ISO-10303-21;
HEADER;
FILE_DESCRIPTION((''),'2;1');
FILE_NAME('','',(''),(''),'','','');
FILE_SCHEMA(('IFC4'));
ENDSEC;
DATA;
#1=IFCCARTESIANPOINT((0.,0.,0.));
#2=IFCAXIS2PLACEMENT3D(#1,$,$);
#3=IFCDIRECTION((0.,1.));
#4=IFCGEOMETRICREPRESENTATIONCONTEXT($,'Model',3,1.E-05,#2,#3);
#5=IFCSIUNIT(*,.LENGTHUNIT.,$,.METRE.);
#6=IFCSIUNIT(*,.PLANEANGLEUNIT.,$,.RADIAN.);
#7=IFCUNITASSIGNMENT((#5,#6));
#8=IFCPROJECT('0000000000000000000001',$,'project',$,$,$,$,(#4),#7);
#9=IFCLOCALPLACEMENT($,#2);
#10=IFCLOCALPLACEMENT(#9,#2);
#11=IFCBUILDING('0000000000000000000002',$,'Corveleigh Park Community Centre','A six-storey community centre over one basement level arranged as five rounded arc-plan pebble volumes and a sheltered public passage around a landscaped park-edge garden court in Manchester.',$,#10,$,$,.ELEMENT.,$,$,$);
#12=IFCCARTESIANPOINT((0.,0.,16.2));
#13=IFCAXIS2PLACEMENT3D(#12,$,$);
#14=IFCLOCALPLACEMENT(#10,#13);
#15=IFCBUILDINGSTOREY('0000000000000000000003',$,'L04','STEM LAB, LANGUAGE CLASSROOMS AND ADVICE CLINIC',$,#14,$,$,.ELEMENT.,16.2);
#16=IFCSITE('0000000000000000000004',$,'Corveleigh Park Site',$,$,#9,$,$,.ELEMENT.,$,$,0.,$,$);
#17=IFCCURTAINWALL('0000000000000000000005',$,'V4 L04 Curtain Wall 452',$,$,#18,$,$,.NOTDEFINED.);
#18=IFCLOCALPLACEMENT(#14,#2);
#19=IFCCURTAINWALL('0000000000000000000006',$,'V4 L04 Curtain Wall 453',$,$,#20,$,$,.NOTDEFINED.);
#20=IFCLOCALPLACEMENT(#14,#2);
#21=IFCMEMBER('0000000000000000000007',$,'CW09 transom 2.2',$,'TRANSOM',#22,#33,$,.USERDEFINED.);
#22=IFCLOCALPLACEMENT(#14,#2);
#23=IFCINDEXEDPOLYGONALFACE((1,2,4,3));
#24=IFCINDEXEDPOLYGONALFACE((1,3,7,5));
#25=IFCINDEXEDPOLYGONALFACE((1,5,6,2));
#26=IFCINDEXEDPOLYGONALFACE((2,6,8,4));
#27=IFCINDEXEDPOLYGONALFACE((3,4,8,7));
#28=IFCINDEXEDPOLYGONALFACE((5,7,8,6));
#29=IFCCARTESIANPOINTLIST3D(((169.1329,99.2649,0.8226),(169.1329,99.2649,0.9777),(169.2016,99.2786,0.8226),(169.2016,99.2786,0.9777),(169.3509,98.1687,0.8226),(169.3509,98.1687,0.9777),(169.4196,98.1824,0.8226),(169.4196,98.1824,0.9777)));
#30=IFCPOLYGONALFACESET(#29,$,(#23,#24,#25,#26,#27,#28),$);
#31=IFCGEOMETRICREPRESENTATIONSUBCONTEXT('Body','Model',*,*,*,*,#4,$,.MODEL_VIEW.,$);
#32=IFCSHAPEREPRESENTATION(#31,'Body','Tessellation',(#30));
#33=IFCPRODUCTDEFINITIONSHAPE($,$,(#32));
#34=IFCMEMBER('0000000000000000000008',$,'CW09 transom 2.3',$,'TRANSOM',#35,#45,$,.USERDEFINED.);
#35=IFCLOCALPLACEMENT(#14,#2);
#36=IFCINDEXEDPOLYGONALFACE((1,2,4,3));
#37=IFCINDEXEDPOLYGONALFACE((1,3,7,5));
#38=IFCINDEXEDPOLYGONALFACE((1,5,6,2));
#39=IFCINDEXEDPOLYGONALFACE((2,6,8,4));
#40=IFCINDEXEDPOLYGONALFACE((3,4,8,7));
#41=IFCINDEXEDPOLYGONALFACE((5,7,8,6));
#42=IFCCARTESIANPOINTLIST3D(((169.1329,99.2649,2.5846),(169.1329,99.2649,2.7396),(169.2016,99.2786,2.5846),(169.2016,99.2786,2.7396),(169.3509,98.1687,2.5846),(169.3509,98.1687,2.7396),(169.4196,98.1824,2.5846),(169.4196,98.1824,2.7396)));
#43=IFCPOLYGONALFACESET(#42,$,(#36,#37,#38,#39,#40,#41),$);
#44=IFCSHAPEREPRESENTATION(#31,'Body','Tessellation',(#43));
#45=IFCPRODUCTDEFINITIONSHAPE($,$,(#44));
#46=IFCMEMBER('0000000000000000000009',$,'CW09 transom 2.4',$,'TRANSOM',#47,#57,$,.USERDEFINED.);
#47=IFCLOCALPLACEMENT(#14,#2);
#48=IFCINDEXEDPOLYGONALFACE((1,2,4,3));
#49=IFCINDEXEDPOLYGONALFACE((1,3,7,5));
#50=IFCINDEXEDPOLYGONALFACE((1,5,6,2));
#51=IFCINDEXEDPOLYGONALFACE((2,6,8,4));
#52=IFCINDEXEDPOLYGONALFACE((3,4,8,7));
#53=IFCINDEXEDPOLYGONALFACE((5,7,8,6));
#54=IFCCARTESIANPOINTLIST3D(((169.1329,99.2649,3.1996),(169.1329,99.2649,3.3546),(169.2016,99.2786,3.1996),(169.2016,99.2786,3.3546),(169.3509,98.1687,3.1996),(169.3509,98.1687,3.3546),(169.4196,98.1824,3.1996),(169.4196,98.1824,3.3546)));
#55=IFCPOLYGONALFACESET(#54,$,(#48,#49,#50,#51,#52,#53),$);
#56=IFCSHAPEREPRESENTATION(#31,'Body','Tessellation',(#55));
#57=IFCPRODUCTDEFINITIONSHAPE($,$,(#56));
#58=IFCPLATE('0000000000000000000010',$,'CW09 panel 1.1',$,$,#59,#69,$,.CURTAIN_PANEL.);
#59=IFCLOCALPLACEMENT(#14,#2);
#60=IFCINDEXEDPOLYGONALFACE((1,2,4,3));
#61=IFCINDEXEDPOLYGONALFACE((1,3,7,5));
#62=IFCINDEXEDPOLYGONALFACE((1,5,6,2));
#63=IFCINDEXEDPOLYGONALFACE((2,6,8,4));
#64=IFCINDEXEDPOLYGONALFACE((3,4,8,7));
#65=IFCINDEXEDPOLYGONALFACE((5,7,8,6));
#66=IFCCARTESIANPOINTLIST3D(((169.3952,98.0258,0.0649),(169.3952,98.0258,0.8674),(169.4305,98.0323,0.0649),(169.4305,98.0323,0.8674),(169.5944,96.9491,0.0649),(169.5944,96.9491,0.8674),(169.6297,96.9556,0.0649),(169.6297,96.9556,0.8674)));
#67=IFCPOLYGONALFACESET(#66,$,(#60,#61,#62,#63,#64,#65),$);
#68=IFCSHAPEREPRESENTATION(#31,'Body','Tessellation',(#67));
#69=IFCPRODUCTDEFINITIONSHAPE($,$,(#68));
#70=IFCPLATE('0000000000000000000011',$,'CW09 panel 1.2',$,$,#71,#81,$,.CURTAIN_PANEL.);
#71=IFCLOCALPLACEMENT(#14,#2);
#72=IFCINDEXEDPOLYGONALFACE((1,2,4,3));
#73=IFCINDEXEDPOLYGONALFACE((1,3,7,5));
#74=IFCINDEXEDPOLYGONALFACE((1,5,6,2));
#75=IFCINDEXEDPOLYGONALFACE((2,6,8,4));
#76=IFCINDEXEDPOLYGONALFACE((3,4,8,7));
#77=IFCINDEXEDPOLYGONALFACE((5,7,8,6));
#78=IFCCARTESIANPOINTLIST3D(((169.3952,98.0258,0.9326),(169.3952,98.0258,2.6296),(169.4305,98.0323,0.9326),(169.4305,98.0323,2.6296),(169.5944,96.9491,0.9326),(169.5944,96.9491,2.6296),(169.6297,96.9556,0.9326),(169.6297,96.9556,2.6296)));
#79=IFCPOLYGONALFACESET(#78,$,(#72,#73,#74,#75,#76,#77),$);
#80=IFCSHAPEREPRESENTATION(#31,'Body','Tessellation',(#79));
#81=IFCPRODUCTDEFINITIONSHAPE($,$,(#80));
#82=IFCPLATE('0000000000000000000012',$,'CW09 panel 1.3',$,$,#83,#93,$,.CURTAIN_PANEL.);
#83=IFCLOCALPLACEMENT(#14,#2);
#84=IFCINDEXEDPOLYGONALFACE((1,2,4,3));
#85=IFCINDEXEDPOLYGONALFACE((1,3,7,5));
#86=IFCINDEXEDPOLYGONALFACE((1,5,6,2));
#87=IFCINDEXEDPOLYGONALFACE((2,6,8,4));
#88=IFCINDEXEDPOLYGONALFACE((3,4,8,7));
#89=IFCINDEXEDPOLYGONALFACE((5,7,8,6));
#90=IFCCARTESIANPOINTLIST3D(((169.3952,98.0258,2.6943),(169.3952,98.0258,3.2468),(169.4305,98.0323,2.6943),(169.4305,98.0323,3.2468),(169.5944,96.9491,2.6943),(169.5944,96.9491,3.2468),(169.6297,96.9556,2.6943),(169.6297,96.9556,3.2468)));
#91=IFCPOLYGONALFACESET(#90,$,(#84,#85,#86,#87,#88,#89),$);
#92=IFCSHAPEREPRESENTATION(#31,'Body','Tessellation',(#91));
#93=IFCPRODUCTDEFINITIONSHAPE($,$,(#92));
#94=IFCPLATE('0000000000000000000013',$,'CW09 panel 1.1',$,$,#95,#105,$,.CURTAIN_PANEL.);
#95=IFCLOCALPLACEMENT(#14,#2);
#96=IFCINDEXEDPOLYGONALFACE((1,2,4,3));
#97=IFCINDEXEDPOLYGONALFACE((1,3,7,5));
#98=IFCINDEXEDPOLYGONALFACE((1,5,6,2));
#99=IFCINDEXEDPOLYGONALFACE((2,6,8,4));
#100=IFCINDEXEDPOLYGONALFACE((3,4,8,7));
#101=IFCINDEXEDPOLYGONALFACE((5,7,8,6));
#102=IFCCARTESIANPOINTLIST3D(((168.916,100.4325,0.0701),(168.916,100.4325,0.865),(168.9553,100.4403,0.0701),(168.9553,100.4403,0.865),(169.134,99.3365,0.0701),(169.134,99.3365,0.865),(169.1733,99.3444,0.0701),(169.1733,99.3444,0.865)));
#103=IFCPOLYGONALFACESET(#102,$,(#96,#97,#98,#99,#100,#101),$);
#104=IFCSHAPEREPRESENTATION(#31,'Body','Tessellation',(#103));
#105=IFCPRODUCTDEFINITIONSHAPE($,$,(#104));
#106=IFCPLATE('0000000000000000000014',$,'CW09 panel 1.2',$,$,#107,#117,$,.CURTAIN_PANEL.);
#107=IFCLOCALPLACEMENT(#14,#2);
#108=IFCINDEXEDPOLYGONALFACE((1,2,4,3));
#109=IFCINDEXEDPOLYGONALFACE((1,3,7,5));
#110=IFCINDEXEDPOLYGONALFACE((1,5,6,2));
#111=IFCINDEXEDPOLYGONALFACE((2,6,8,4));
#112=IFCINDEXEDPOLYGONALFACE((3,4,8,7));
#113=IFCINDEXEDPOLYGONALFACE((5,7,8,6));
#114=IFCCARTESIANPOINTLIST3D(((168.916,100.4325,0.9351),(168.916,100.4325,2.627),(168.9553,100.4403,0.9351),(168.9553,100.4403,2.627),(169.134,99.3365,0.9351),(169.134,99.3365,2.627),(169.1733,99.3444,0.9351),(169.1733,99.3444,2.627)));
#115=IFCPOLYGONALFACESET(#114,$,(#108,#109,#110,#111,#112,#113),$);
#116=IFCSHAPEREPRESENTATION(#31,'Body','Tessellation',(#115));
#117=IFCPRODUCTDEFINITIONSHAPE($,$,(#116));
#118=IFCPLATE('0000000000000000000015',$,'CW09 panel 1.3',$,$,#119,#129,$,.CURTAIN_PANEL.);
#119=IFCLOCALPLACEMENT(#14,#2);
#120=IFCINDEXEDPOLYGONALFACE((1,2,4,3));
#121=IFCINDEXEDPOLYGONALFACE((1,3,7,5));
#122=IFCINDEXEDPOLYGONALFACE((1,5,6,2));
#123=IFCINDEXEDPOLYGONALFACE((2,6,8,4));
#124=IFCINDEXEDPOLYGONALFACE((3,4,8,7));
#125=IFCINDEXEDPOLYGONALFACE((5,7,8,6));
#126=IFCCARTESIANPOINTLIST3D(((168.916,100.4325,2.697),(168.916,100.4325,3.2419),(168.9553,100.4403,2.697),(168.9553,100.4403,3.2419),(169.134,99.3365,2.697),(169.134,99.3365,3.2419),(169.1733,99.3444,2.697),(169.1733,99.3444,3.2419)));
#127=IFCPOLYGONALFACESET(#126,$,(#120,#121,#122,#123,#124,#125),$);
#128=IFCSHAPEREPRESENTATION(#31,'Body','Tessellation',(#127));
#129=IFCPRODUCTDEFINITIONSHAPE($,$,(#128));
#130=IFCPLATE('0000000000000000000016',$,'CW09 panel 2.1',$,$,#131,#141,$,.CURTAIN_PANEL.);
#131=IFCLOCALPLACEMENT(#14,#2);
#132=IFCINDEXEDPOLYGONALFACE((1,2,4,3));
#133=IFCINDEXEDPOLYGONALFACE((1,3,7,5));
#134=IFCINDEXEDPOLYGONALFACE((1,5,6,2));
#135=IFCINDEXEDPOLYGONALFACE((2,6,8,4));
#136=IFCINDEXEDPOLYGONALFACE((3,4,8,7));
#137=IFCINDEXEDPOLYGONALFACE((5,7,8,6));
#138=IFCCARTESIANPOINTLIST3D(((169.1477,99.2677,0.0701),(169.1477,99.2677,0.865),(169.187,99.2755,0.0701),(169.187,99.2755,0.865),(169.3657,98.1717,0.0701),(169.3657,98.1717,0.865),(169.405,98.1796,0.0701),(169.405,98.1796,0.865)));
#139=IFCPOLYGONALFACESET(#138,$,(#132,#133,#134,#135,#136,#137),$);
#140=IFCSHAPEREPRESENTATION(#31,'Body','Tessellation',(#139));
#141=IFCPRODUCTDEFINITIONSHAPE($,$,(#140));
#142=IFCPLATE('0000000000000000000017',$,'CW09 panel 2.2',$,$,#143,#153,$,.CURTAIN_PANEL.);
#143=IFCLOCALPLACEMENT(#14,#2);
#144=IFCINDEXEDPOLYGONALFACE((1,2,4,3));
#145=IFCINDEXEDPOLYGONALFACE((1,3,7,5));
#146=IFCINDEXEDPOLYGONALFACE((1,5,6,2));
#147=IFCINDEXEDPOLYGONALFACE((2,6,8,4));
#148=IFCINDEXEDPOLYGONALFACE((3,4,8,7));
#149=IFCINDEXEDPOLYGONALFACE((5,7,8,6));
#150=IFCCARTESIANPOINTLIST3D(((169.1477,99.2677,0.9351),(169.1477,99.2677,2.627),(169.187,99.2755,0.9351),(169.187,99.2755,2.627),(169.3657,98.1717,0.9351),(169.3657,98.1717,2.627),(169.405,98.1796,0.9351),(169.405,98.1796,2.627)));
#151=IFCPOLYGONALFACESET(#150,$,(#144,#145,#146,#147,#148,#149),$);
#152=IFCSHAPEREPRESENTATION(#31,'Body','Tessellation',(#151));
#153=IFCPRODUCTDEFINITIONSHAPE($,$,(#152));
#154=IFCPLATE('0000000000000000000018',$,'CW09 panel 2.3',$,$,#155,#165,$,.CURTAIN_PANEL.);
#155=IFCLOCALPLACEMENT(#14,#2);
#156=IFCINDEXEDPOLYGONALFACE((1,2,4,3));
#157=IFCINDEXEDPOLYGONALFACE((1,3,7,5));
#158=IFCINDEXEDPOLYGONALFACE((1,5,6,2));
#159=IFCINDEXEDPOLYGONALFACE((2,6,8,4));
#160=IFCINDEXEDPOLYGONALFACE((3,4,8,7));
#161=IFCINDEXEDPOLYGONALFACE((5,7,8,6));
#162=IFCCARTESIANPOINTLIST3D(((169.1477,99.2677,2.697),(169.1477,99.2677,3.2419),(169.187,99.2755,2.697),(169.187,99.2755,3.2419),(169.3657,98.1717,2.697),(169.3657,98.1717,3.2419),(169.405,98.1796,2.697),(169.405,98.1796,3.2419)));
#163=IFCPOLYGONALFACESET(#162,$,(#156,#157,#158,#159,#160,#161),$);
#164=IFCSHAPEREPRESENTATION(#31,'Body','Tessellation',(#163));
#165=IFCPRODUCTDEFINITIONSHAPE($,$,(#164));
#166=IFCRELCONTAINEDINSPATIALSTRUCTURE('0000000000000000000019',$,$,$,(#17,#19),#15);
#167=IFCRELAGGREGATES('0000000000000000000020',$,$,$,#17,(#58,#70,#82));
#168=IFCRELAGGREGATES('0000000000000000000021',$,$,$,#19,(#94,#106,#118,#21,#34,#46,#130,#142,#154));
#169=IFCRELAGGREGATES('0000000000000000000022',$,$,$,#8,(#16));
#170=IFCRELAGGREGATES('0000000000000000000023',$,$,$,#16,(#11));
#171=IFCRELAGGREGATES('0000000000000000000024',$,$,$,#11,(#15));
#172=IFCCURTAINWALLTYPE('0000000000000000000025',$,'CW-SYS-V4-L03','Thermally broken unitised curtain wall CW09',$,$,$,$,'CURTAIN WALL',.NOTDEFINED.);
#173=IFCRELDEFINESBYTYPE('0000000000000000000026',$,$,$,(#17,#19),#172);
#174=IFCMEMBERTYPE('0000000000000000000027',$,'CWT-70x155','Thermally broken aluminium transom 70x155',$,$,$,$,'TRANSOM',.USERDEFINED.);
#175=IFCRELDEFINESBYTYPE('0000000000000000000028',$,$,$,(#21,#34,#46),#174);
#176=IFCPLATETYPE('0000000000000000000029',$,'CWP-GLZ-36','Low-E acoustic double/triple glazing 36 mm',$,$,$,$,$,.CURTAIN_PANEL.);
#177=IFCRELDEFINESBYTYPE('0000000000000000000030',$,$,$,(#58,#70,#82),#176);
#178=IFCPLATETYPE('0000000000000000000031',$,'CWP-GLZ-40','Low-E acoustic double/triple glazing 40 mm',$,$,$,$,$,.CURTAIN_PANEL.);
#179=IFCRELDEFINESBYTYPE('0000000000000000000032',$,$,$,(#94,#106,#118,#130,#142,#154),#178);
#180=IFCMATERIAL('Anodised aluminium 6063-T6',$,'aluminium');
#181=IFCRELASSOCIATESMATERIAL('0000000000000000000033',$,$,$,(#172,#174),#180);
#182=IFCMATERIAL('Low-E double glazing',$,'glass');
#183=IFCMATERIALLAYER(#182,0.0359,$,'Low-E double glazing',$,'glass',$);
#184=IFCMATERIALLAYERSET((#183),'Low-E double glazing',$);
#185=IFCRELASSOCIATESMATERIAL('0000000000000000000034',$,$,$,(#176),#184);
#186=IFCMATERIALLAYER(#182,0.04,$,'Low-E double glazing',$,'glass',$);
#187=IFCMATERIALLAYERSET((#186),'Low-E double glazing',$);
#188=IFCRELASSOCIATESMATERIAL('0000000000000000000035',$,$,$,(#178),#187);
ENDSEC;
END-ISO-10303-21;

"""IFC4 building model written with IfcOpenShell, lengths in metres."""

from ifc_helpers import new_model, si_unit, direction, frame, origin, origin_2d, place, context, subcontext, project, spatial, rectangle, extrude, material, layer, layer_set, material_profile, profile_set, type_object, element, aggregate, save


model = new_model("IFC4")

# Units and contexts
model_context = context("Model", 3, precision=1e-05, world=origin(), true_north=direction((0.0, 1.0)))
body_context = subcontext(model_context, "Body", "Model", "MODEL_VIEW")
ifc_project = project(units=[si_unit("LENGTHUNIT", "METRE"), si_unit("PLANEANGLEUNIT", "RADIAN")], contexts=[model_context])

# Site, building, storey
site_placement = place(None, origin())
site = spatial("IfcSite", under=ifc_project, at=site_placement, Name="Corveleigh Park Site", CompositionType="ELEMENT", RefElevation=0.0)
building_placement = place(site_placement, origin())
building = spatial("IfcBuilding", under=site, at=building_placement, Name="Corveleigh Park Community Centre", Description="A six-storey community centre over one basement level arranged as five rounded arc-plan pebble volumes and a sheltered public passage around a landscaped park-edge garden court in Manchester.", CompositionType="ELEMENT")
storey_placement = place(building_placement, frame((0.0, 0.0, 16.2)))
storey = spatial("IfcBuildingStorey", under=building, at=storey_placement, Name="L04", Description="STEM LAB, LANGUAGE CLASSROOMS AND ADVICE CLINIC", CompositionType="ELEMENT", Elevation=16.2)

# Curtain walls
ifc_material_1 = material(Name="Anodised aluminium 6063-T6", Category="aluminium")
curtain_wall_type = type_object("IfcCurtainWallType", Name="CW-SYS-V4-L03", Description="Thermally broken unitised curtain wall CW09", ElementType="CURTAIN WALL", PredefinedType="NOTDEFINED", material=ifc_material_1)
curtain_wall_1_placement = place(storey_placement, origin())
curtain_wall_1 = element("IfcCurtainWall", 1, at=curtain_wall_1_placement, inside=storey, type_object=curtain_wall_type, Name="V4 L04 Curtain Wall 452", PredefinedType="NOTDEFINED")
curtain_wall_2_placement = place(storey_placement, origin())
curtain_wall_2 = element("IfcCurtainWall", 2, at=curtain_wall_2_placement, inside=storey, type_object=curtain_wall_type, Name="V4 L04 Curtain Wall 453", PredefinedType="NOTDEFINED")

# Members
ifc_material_profile_1 = material_profile(ifc_material_1, rectangle(XDim=0.0701, YDim=0.155, at=origin_2d()), Name="ALU-T70x155", Category="aluminium")
ifc_profile_set_1 = profile_set([ifc_material_profile_1], Name="Anodised aluminium 6063-T6")
member_type_1 = type_object("IfcMemberType", Name="CWT-70x155", Description="Thermally broken aluminium transom 70x155", ElementType="TRANSOM", PredefinedType="USERDEFINED", material=ifc_profile_set_1)
member_1_placement = place(storey_placement, frame((169.1672, 99.2717, 0.9001), z_axis=(0.195066, -0.98079, 0.0), x_axis=(0.98079, 0.195066, 0.0)))
member_1 = element("IfcMember", 3, at=member_1_placement, type_object=member_type_1, Name="CW09 transom 2.2", ObjectType="TRANSOM", PredefinedType="USERDEFINED", context=body_context, shape_type="SweptSolid", body=[
    extrude(rectangle(XDim=0.0701, YDim=0.155, at=origin_2d()), origin(), (0.0, 0.0, 1.0), 1.1177),
])
member_2_placement = place(storey_placement, frame((169.1672, 99.2717, 2.6621), z_axis=(0.195066, -0.98079, 0.0), x_axis=(0.98079, 0.195066, 0.0)))
member_2 = element("IfcMember", 4, at=member_2_placement, type_object=member_type_1, Name="CW09 transom 2.3", ObjectType="TRANSOM", PredefinedType="USERDEFINED", context=body_context, shape_type="SweptSolid", body=[
    extrude(rectangle(XDim=0.0701, YDim=0.155, at=origin_2d()), origin(), (0.0, 0.0, 1.0), 1.1177),
])
member_3_placement = place(storey_placement, frame((169.1672, 99.2717, 3.2771), z_axis=(0.195066, -0.98079, 0.0), x_axis=(0.98079, 0.195066, 0.0)))
member_3 = element("IfcMember", 5, at=member_3_placement, type_object=member_type_1, Name="CW09 transom 2.4", ObjectType="TRANSOM", PredefinedType="USERDEFINED", context=body_context, shape_type="SweptSolid", body=[
    extrude(rectangle(XDim=0.0701, YDim=0.155, at=origin_2d()), origin(), (0.0, 0.0, 1.0), 1.1177),
])

# Plates
ifc_material_2 = material(Name="Low-E double glazing", Category="glass")
ifc_layer_1 = layer(ifc_material_2, 0.0359, Name="Low-E double glazing", Category="glass")
ifc_layer_set_1 = layer_set([ifc_layer_1], Name="Low-E double glazing")
plate_type_1 = type_object("IfcPlateType", Name="CWP-GLZ-36", Description="Low-E acoustic double/triple glazing 36 mm", PredefinedType="CURTAIN_PANEL", material=ifc_layer_set_1)
plate_1_placement = place(storey_placement, frame((169.5125, 97.4907, 0.0649), z_axis=(0.0, 0.0, 1.0), x_axis=(0.181984, -0.983301, 0.0)))
plate_1 = element("IfcPlate", 6, at=plate_1_placement, type_object=plate_type_1, Name="CW09 panel 1.1", PredefinedType="CURTAIN_PANEL", context=body_context, shape_type="SweptSolid", body=[
    extrude(rectangle(XDim=1.095, YDim=0.0359, at=origin_2d()), origin(), (0.0, 0.0, 1.0), 0.8025),
])
plate_2_placement = place(storey_placement, frame((169.5125, 97.4907, 0.9326), z_axis=(0.0, 0.0, 1.0), x_axis=(0.181984, -0.983301, 0.0)))
plate_2 = element("IfcPlate", 7, at=plate_2_placement, type_object=plate_type_1, Name="CW09 panel 1.2", PredefinedType="CURTAIN_PANEL", context=body_context, shape_type="SweptSolid", body=[
    extrude(rectangle(XDim=1.095, YDim=0.0359, at=origin_2d()), origin(), (0.0, 0.0, 1.0), 1.697),
])
plate_3_placement = place(storey_placement, frame((169.5125, 97.4907, 2.6943), z_axis=(0.0, 0.0, 1.0), x_axis=(0.181984, -0.983301, 0.0)))
plate_3 = element("IfcPlate", 8, at=plate_3_placement, type_object=plate_type_1, Name="CW09 panel 1.3", PredefinedType="CURTAIN_PANEL", context=body_context, shape_type="SweptSolid", body=[
    extrude(rectangle(XDim=1.095, YDim=0.0359, at=origin_2d()), origin(), (0.0, 0.0, 1.0), 0.5525),
])
aggregate(curtain_wall_1, [plate_1, plate_2, plate_3])
ifc_layer_2 = layer(ifc_material_2, 0.04, Name="Low-E double glazing", Category="glass")
ifc_layer_set_2 = layer_set([ifc_layer_2], Name="Low-E double glazing")
plate_type_2 = type_object("IfcPlateType", Name="CWP-GLZ-40", Description="Low-E acoustic double/triple glazing 40 mm", PredefinedType="CURTAIN_PANEL", material=ifc_layer_set_2)
plate_4_placement = place(storey_placement, frame((169.0447, 99.8884, 0.0701), z_axis=(0.0, 0.0, 1.0), x_axis=(0.195094, -0.980785, 0.0)))
plate_4 = element("IfcPlate", 9, at=plate_4_placement, type_object=plate_type_2, Name="CW09 panel 1.1", PredefinedType="CURTAIN_PANEL", context=body_context, shape_type="SweptSolid", body=[
    extrude(rectangle(XDim=1.1174, YDim=0.04, at=origin_2d()), origin(), (0.0, 0.0, 1.0), 0.7949),
])
plate_5_placement = place(storey_placement, frame((169.0447, 99.8884, 0.9351), z_axis=(0.0, 0.0, 1.0), x_axis=(0.195094, -0.980785, 0.0)))
plate_5 = element("IfcPlate", 10, at=plate_5_placement, type_object=plate_type_2, Name="CW09 panel 1.2", PredefinedType="CURTAIN_PANEL", context=body_context, shape_type="SweptSolid", body=[
    extrude(rectangle(XDim=1.1174, YDim=0.04, at=origin_2d()), origin(), (0.0, 0.0, 1.0), 1.6919),
])
plate_6_placement = place(storey_placement, frame((169.0447, 99.8884, 2.697), z_axis=(0.0, 0.0, 1.0), x_axis=(0.195094, -0.980785, 0.0)))
plate_6 = element("IfcPlate", 11, at=plate_6_placement, type_object=plate_type_2, Name="CW09 panel 1.3", PredefinedType="CURTAIN_PANEL", context=body_context, shape_type="SweptSolid", body=[
    extrude(rectangle(XDim=1.1174, YDim=0.04, at=origin_2d()), origin(), (0.0, 0.0, 1.0), 0.5449),
])
plate_7_placement = place(storey_placement, frame((169.2764, 98.7236, 0.0701), z_axis=(0.0, 0.0, 1.0), x_axis=(0.195094, -0.980785, 0.0)))
plate_7 = element("IfcPlate", 12, at=plate_7_placement, type_object=plate_type_2, Name="CW09 panel 2.1", PredefinedType="CURTAIN_PANEL", context=body_context, shape_type="SweptSolid", body=[
    extrude(rectangle(XDim=1.1174, YDim=0.04, at=origin_2d()), origin(), (0.0, 0.0, 1.0), 0.7949),
])
plate_8_placement = place(storey_placement, frame((169.2764, 98.7236, 0.9351), z_axis=(0.0, 0.0, 1.0), x_axis=(0.195094, -0.980785, 0.0)))
plate_8 = element("IfcPlate", 13, at=plate_8_placement, type_object=plate_type_2, Name="CW09 panel 2.2", PredefinedType="CURTAIN_PANEL", context=body_context, shape_type="SweptSolid", body=[
    extrude(rectangle(XDim=1.1174, YDim=0.04, at=origin_2d()), origin(), (0.0, 0.0, 1.0), 1.6919),
])
plate_9_placement = place(storey_placement, frame((169.2764, 98.7236, 2.697), z_axis=(0.0, 0.0, 1.0), x_axis=(0.195094, -0.980785, 0.0)))
plate_9 = element("IfcPlate", 14, at=plate_9_placement, type_object=plate_type_2, Name="CW09 panel 2.3", PredefinedType="CURTAIN_PANEL", context=body_context, shape_type="SweptSolid", body=[
    extrude(rectangle(XDim=1.1174, YDim=0.04, at=origin_2d()), origin(), (0.0, 0.0, 1.0), 0.5449),
])
aggregate(curtain_wall_2, [plate_4, plate_5, plate_6, member_1, member_2, member_3, plate_7, plate_8, plate_9])

save(model, "model.ifc")
